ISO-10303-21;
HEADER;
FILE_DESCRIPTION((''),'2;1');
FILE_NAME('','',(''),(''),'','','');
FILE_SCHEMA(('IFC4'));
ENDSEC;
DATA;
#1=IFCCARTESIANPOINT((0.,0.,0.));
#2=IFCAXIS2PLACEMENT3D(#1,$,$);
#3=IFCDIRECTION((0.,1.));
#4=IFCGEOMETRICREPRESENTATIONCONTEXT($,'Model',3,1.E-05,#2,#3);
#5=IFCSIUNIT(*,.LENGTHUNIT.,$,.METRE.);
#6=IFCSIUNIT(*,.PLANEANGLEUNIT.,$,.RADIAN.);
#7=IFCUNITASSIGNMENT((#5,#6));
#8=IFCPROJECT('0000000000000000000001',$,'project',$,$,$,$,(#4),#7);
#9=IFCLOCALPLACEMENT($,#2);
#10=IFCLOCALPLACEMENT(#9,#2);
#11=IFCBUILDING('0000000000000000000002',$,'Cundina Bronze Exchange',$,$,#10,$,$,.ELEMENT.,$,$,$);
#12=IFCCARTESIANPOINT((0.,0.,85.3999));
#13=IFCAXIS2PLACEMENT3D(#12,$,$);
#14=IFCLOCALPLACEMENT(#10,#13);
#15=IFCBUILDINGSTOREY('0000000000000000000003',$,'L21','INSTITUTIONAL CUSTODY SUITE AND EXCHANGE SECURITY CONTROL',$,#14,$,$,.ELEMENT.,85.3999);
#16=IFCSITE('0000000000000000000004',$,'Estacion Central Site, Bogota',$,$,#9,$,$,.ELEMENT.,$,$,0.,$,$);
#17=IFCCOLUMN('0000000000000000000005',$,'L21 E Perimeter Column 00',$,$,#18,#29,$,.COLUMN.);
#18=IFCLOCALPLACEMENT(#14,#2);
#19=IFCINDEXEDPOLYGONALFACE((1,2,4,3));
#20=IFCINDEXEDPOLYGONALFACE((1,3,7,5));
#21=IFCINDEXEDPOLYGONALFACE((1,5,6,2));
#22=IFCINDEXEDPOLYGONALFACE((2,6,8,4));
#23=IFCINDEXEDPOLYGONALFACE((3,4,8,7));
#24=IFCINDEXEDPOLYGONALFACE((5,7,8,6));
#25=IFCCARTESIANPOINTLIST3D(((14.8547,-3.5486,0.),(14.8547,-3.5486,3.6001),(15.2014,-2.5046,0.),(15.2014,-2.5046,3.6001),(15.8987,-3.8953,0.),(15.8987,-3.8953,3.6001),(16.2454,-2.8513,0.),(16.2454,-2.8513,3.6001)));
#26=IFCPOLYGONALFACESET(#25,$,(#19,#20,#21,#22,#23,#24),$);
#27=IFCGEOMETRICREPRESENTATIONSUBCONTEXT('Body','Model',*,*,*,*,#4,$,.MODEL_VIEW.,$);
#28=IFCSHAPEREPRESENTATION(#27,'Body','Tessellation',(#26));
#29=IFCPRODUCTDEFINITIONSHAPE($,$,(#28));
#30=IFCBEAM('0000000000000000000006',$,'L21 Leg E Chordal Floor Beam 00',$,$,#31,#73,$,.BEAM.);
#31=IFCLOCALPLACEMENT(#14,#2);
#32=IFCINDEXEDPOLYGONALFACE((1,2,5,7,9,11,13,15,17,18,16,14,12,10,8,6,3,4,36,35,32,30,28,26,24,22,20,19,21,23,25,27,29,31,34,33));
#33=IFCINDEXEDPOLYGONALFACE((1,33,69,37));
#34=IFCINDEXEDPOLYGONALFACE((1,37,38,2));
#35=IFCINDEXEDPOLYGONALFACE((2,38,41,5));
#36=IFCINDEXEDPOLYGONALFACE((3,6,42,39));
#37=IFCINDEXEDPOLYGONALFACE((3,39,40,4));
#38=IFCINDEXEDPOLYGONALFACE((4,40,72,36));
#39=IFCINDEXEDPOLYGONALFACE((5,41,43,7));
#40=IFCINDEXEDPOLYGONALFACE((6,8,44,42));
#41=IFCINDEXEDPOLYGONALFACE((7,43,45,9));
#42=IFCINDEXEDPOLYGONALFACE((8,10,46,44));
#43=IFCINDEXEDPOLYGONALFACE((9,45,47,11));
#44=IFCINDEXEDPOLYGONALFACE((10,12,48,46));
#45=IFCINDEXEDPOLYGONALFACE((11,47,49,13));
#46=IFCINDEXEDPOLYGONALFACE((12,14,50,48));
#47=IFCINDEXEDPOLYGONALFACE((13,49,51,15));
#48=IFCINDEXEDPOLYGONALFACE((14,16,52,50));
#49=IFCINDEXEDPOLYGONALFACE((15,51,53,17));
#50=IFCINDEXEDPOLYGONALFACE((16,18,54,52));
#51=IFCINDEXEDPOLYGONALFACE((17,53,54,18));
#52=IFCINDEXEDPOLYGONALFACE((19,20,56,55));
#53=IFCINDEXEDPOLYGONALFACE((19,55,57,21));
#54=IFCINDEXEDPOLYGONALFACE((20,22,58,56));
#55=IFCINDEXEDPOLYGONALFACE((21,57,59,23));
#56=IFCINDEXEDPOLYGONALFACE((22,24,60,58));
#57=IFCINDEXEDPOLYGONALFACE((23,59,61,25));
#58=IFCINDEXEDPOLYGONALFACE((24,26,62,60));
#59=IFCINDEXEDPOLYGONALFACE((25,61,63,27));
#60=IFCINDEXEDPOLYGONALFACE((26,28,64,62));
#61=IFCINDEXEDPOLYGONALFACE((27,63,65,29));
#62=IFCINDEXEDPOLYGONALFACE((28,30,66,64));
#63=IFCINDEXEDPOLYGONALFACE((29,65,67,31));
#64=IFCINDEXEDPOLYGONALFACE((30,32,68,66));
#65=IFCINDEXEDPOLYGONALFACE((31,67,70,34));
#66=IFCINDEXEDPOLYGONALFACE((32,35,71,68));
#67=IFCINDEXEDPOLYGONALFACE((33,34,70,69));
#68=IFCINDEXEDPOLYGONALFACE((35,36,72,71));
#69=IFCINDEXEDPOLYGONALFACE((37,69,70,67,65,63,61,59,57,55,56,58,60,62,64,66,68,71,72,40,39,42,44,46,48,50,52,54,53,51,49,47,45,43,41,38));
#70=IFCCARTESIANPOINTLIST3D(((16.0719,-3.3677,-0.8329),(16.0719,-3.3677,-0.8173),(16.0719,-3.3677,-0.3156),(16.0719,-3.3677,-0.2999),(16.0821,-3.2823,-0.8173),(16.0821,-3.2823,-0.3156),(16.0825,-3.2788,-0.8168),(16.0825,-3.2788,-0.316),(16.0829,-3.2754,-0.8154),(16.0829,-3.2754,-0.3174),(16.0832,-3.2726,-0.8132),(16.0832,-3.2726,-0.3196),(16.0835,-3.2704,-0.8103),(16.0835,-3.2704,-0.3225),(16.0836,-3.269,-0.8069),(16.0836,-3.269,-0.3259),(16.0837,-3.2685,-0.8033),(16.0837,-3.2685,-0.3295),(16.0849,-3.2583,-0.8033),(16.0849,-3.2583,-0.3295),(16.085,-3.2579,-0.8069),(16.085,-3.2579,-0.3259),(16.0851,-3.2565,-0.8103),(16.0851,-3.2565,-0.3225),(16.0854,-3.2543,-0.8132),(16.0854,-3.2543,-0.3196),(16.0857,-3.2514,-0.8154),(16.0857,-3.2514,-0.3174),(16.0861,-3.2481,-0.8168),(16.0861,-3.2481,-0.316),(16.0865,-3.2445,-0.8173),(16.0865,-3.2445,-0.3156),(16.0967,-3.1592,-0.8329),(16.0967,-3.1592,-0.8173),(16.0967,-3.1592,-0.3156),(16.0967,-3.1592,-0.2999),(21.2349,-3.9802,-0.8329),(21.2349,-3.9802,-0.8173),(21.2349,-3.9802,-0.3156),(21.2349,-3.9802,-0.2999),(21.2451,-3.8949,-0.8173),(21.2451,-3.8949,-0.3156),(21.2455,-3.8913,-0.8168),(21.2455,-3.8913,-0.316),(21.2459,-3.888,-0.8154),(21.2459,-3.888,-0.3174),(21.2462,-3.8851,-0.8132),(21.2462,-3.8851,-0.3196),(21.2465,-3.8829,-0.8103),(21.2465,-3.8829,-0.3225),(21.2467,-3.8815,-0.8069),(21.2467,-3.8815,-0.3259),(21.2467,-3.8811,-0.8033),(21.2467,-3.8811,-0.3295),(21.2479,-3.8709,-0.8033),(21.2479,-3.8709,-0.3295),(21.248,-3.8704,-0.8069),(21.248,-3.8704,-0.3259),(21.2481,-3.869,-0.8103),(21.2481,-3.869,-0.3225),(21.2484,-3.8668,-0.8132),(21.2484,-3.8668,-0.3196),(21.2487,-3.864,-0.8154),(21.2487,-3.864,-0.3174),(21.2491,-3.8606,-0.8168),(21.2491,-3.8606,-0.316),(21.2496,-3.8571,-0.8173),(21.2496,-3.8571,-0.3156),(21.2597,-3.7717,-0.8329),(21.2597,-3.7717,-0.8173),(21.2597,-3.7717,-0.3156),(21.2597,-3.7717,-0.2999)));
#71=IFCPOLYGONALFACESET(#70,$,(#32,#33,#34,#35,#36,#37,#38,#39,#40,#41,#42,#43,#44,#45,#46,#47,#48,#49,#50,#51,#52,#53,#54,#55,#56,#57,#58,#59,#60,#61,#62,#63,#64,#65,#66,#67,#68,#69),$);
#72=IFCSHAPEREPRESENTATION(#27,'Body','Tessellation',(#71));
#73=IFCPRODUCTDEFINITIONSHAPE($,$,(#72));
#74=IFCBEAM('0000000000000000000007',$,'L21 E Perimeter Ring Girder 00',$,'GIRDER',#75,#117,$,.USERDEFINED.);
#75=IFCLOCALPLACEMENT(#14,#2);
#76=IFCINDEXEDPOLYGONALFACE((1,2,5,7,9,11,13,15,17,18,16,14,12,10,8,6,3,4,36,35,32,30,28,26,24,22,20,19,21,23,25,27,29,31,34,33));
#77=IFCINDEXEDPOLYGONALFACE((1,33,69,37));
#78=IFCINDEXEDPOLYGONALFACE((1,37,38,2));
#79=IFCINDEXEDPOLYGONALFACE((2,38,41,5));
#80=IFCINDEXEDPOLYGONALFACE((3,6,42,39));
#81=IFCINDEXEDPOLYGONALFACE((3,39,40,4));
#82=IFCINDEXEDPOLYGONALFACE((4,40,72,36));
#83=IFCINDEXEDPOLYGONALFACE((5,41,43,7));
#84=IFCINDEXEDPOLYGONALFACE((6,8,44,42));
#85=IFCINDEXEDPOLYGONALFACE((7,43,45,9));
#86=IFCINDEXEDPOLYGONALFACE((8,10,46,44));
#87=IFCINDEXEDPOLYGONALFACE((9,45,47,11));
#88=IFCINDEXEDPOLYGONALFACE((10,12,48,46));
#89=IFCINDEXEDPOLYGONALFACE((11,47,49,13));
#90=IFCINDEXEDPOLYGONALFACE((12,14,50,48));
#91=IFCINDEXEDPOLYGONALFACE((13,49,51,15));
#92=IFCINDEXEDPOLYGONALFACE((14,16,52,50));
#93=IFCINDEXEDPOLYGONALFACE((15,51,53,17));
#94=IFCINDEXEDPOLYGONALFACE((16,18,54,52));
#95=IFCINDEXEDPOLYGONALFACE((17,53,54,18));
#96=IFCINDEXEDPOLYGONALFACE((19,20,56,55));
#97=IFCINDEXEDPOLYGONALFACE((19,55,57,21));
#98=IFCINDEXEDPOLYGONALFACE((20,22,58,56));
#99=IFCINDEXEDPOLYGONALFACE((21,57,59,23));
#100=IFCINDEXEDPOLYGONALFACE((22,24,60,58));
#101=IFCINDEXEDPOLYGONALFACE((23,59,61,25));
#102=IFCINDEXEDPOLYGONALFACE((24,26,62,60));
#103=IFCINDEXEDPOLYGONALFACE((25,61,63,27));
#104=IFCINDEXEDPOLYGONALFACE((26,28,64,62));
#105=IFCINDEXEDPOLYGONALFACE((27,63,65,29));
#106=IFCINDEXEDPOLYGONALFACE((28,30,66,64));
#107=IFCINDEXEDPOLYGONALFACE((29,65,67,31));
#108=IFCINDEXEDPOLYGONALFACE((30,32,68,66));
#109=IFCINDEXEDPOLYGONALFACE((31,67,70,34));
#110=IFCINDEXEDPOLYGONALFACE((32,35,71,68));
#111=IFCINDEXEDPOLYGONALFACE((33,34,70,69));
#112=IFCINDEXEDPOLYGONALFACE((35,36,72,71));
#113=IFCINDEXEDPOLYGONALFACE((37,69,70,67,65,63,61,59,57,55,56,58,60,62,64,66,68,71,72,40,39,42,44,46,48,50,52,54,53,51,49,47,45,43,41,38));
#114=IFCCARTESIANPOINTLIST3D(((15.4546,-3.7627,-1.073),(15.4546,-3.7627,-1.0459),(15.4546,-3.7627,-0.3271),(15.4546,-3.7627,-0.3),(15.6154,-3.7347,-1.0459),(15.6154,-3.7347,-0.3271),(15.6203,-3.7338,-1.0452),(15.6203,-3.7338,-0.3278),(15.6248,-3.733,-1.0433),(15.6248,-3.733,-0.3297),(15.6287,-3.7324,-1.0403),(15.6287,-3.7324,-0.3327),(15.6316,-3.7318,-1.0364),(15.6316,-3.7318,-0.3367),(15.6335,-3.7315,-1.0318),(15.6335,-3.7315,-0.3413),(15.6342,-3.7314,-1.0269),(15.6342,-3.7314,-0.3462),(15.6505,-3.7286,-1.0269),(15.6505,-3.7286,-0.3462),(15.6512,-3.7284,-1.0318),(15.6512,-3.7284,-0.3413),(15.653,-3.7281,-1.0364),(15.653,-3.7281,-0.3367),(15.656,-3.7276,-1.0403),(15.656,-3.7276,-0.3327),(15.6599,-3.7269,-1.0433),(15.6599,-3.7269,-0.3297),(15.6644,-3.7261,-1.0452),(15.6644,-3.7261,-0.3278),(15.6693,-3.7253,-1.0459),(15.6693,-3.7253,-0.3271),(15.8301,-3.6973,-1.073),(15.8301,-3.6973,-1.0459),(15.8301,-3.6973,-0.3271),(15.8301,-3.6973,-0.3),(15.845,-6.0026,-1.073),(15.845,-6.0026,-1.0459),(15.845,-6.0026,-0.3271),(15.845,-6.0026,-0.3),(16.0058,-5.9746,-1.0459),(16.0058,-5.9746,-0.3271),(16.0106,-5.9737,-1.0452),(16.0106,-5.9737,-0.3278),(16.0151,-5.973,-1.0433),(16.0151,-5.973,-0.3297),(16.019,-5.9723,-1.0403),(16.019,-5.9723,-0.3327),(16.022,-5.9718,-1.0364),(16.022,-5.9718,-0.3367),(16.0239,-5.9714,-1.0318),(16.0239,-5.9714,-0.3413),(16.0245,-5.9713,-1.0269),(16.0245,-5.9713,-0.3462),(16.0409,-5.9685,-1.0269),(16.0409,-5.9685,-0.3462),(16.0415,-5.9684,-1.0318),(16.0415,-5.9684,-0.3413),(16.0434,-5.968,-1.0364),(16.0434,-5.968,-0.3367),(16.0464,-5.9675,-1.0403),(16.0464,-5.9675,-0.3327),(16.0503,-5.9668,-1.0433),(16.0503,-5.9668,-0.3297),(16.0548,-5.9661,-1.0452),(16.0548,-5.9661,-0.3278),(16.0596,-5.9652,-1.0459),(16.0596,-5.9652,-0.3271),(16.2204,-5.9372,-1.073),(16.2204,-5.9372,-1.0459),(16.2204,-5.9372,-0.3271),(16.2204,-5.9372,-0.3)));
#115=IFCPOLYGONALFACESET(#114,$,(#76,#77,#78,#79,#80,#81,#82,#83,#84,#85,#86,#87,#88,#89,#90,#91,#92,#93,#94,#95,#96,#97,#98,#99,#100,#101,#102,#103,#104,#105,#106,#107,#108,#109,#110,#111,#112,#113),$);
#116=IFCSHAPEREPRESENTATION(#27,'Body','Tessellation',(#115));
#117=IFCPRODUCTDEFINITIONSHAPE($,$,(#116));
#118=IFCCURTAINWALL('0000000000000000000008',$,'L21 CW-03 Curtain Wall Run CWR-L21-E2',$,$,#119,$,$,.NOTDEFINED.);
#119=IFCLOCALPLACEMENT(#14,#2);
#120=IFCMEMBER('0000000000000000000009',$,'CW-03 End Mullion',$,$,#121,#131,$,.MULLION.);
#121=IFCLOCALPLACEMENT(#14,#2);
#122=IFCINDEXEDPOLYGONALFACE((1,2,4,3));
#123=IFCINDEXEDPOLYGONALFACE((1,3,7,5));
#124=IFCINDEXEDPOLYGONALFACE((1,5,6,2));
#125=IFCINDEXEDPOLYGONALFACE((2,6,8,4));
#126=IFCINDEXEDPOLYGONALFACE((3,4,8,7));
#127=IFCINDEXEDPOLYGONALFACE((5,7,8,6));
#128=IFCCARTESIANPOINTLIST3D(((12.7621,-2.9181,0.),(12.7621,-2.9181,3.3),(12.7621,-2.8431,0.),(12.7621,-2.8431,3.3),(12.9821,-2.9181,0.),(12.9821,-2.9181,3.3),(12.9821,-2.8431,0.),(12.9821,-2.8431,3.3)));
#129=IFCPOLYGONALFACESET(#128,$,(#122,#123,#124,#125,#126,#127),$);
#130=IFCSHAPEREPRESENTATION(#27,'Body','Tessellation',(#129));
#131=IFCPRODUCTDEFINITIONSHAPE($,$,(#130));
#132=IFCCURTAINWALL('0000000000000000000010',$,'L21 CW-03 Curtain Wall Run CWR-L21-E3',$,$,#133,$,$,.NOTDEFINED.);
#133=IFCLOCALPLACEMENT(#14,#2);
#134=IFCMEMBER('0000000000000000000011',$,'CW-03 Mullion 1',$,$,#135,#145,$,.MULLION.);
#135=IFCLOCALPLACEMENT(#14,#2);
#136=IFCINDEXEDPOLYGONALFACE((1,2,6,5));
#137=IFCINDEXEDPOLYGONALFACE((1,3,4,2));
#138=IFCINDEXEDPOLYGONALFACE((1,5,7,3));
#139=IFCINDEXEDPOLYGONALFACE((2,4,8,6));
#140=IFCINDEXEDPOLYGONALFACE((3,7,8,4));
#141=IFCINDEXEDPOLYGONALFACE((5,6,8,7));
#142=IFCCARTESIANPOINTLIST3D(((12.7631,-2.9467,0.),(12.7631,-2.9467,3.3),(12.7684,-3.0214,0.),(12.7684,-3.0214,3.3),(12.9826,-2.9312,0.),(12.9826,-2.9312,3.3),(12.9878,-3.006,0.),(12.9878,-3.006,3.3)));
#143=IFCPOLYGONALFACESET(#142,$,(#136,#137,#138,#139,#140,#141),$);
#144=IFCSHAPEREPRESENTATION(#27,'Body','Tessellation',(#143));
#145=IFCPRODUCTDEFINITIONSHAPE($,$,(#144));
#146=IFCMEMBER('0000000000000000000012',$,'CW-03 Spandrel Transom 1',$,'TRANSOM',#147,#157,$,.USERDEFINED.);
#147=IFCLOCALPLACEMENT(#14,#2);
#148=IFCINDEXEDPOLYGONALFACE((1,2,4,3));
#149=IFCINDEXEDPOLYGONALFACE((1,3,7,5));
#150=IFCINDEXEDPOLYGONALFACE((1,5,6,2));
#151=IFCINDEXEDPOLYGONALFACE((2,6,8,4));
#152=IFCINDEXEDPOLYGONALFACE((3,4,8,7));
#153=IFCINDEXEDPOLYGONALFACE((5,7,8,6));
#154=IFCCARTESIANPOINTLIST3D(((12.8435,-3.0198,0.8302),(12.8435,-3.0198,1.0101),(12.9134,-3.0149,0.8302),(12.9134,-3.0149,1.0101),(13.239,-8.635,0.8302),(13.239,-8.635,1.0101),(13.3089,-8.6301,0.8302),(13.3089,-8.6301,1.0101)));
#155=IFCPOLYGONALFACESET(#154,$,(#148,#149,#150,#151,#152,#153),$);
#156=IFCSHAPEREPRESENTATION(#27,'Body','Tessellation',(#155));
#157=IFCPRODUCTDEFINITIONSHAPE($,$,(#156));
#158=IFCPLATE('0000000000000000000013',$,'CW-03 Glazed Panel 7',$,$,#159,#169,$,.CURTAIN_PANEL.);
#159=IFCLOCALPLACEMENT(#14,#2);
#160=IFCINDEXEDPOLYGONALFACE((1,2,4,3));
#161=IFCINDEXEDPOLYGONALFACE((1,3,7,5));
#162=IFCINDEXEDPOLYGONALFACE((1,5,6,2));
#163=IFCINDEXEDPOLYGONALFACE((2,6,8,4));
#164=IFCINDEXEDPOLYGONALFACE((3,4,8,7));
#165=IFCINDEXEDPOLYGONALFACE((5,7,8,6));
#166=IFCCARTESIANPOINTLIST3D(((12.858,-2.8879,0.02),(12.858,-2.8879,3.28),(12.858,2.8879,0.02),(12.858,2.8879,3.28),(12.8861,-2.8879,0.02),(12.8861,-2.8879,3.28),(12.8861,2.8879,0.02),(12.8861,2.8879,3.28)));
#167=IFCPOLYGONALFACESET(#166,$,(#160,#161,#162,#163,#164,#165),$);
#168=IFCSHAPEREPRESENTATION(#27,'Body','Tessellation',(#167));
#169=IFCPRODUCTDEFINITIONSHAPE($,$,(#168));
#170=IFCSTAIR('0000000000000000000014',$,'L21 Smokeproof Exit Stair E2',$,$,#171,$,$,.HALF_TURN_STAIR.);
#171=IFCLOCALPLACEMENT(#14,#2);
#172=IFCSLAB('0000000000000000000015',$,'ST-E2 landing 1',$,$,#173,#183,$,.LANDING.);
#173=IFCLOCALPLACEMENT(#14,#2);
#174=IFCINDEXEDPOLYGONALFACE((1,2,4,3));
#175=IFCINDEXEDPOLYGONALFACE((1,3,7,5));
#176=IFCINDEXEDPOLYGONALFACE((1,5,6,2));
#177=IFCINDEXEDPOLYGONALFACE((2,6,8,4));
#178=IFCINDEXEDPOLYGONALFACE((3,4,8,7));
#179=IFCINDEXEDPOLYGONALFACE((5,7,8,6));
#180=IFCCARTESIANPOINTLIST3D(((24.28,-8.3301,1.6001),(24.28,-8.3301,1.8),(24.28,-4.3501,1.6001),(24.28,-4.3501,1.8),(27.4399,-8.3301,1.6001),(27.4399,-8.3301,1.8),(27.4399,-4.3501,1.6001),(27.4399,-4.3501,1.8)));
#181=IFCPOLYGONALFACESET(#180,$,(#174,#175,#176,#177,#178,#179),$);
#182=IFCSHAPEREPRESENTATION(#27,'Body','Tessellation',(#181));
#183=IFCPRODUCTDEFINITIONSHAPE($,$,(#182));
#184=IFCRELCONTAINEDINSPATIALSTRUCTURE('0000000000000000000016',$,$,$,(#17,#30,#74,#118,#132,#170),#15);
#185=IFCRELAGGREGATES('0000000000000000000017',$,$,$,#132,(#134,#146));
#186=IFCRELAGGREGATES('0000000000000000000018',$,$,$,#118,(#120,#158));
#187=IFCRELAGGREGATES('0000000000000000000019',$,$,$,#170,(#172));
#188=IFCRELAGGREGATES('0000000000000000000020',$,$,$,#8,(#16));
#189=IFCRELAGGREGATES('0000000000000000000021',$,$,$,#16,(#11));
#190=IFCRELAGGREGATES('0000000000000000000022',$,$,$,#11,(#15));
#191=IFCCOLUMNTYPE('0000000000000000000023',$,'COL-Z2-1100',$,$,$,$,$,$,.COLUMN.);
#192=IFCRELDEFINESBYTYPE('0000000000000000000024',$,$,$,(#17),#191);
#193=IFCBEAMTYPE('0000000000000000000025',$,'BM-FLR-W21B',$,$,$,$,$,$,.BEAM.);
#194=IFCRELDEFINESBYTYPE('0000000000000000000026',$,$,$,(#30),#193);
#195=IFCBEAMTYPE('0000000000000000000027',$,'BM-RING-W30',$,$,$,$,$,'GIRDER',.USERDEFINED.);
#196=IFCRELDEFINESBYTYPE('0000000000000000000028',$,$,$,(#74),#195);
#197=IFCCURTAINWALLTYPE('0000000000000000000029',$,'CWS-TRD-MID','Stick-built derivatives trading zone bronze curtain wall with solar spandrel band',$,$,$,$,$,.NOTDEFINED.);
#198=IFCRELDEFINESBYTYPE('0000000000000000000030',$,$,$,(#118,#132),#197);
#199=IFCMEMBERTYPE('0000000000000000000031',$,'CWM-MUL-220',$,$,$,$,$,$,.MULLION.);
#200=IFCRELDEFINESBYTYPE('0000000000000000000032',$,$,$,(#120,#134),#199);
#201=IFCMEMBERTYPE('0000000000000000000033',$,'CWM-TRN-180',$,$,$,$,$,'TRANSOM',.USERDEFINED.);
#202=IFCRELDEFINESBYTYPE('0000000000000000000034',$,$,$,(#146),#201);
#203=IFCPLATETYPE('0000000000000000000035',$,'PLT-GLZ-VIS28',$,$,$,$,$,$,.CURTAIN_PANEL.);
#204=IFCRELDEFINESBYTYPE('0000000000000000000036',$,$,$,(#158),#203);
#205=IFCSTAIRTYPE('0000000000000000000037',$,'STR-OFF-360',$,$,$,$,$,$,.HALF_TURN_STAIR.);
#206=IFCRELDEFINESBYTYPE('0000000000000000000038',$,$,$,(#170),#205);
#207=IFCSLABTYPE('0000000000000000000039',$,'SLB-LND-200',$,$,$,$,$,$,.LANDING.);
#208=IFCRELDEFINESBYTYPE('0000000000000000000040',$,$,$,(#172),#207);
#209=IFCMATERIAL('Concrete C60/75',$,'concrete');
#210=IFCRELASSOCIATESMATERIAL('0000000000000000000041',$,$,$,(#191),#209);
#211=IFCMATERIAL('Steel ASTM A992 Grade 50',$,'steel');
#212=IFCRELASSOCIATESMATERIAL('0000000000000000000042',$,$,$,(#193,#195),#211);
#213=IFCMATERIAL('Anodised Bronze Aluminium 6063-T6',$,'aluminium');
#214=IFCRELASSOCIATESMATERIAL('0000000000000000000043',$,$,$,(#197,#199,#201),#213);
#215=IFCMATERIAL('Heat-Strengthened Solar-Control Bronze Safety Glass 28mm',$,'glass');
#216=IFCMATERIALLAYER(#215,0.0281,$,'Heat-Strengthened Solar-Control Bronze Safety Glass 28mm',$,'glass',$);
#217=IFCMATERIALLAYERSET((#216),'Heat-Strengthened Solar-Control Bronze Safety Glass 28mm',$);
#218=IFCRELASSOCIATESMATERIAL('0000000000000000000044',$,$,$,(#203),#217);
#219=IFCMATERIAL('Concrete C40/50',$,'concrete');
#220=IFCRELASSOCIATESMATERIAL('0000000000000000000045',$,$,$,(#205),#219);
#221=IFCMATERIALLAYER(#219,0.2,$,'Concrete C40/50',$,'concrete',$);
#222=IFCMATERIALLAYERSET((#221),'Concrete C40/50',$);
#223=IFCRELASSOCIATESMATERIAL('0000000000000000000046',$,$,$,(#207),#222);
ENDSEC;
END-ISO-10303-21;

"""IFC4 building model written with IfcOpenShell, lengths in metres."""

from ifc_helpers import new_model, si_unit, direction, frame, origin, origin_2d, place, context, subcontext, project, spatial, polyline, rectangle, i_section, outline, extrude, material, layer, layer_set, material_profile, profile_set, type_object, element, aggregate, save


model = new_model("IFC4")

# Units and contexts
model_context = context("Model", 3, precision=1e-05, world=origin(), true_north=direction((0.0, 1.0)))
body_context = subcontext(model_context, "Body", "Model", "MODEL_VIEW")
ifc_project = project(units=[si_unit("LENGTHUNIT", "METRE"), si_unit("PLANEANGLEUNIT", "RADIAN")], contexts=[model_context])

# Site, building, storey
site_placement = place(None, origin())
site = spatial("IfcSite", under=ifc_project, at=site_placement, Name="Estacion Central Site, Bogota", CompositionType="ELEMENT", RefElevation=0.0)
building_placement = place(site_placement, origin())
building = spatial("IfcBuilding", under=site, at=building_placement, Name="Cundina Bronze Exchange", CompositionType="ELEMENT")
storey_placement = place(building_placement, frame((0.0, 0.0, 85.3999)))
storey = spatial("IfcBuildingStorey", under=building, at=storey_placement, Name="L21", Description="INSTITUTIONAL CUSTODY SUITE AND EXCHANGE SECURITY CONTROL", CompositionType="ELEMENT", Elevation=85.3999)

# Column
ifc_material_1 = material(Name="Concrete C60/75", Category="concrete")
ifc_material_profile_1 = material_profile(ifc_material_1, rectangle(XDim=1.1001, YDim=1.1001, at=origin_2d()), Name="RC1100X1100", Category="concrete")
ifc_profile_set_1 = profile_set([ifc_material_profile_1], Name="Concrete C60/75")
column_type = type_object("IfcColumnType", Name="COL-Z2-1100", PredefinedType="COLUMN", material=ifc_profile_set_1)
column_placement = place(storey_placement, frame((15.55, -3.2, 0.0), z_axis=(0.0, 0.0, 1.0), x_axis=(-0.315152, -0.949041, 0.0)))
element("IfcColumn", 1, at=column_placement, inside=storey, type_object=column_type, Name="L21 E Perimeter Column 00", PredefinedType="COLUMN", context=body_context, shape_type="SweptSolid", body=[
    extrude(rectangle(XDim=1.1001, YDim=1.1001, at=origin_2d()), origin(), (0.0, 0.0, 1.0), 3.6001),
])

# Beams
ifc_material_2 = material(Name="Steel ASTM A992 Grade 50", Category="steel")
ifc_material_profile_2 = material_profile(ifc_material_2, i_section(OverallWidth=0.21, OverallDepth=0.533, WebThickness=0.0103, FlangeThickness=0.0156, FilletRadius=0.0139, at=origin_2d()), Name="W21X62", Category="steel")
ifc_profile_set_2 = profile_set([ifc_material_profile_2], Name="Steel ASTM A992 Grade 50")
beam_type_1 = type_object("IfcBeamType", Name="BM-FLR-W21B", PredefinedType="BEAM", material=ifc_profile_set_2)
beam_1_placement = place(storey_placement, frame((21.2473, -3.876, -0.5664), z_axis=(-0.993036, 0.117814, 0.0), x_axis=(-0.117814, -0.993036, 0.0)))
element("IfcBeam", 2, at=beam_1_placement, inside=storey, type_object=beam_type_1, Name="L21 Leg E Chordal Floor Beam 00", PredefinedType="BEAM", context=body_context, shape_type="SweptSolid", body=[
    extrude(i_section(OverallWidth=0.21, OverallDepth=0.533, WebThickness=0.0103, FlangeThickness=0.0156, FilletRadius=0.0139, at=origin_2d()), origin(), (0.0, 0.0, 1.0), 5.1992),
])
ifc_material_profile_3 = material_profile(ifc_material_2, i_section(OverallWidth=0.3811, OverallDepth=0.7729, WebThickness=0.0166, FlangeThickness=0.0271, FilletRadius=0.019, at=origin_2d()), Name="W30X173", Category="steel")
ifc_profile_set_3 = profile_set([ifc_material_profile_3], Name="Steel ASTM A992 Grade 50")
beam_type_2 = type_object("IfcBeamType", Name="BM-RING-W30", ElementType="GIRDER", PredefinedType="USERDEFINED", material=ifc_profile_set_3)
beam_2_placement = place(storey_placement, frame((15.6423, -3.73, -0.6865), z_axis=(0.17169, -0.985151, 0.0), x_axis=(0.985151, 0.17169, 0.0)))
element("IfcBeam", 3, at=beam_2_placement, inside=storey, type_object=beam_type_2, Name="L21 E Perimeter Ring Girder 00", ObjectType="GIRDER", PredefinedType="USERDEFINED", context=body_context, shape_type="SweptSolid", body=[
    extrude(i_section(OverallWidth=0.3811, OverallDepth=0.7729, WebThickness=0.0166, FlangeThickness=0.0271, FilletRadius=0.019, at=origin_2d()), origin(), (0.0, 0.0, 1.0), 2.2737),
])

# Curtain wall, member
ifc_material_3 = material(Name="Anodised Bronze Aluminium 6063-T6", Category="aluminium")
curtain_wall_type = type_object("IfcCurtainWallType", Name="CWS-TRD-MID", Description="Stick-built derivatives trading zone bronze curtain wall with solar spandrel band", PredefinedType="NOTDEFINED", material=ifc_material_3)
curtain_wall_1_placement = place(storey_placement, origin())
curtain_wall_1 = element("IfcCurtainWall", 4, at=curtain_wall_1_placement, inside=storey, type_object=curtain_wall_type, Name="L21 CW-03 Curtain Wall Run CWR-L21-E2", PredefinedType="NOTDEFINED")
ifc_material_profile_4 = material_profile(ifc_material_3, rectangle(XDim=0.075, YDim=0.22, at=origin_2d()), Name="AL75X220", Category="aluminium")
ifc_profile_set_4 = profile_set([ifc_material_profile_4], Name="Anodised Bronze Aluminium 6063-T6")
member_type_1 = type_object("IfcMemberType", Name="CWM-MUL-220", PredefinedType="MULLION", material=ifc_profile_set_4)
member_1_placement = place(storey_placement, frame((12.8721, -2.8806, 0.0), z_axis=(0.0, 0.0, 1.0), x_axis=(0.0, -1.0, 0.0)))
member_1 = element("IfcMember", 5, at=member_1_placement, type_object=member_type_1, Name="CW-03 End Mullion", PredefinedType="MULLION", context=body_context, shape_type="SweptSolid", body=[
    extrude(rectangle(XDim=0.075, YDim=0.22, at=origin_2d()), origin(), (0.0, 0.0, 1.0), 3.3),
])

# Curtain wall, members
curtain_wall_2_placement = place(storey_placement, origin())
curtain_wall_2 = element("IfcCurtainWall", 6, at=curtain_wall_2_placement, inside=storey, type_object=curtain_wall_type, Name="L21 CW-03 Curtain Wall Run CWR-L21-E3", PredefinedType="NOTDEFINED")
member_2_placement = place(storey_placement, frame((12.8755, -2.9763, 0.0), z_axis=(0.0, 0.0, 1.0), x_axis=(0.070279, -0.997527, 0.0)))
member_2 = element("IfcMember", 7, at=member_2_placement, type_object=member_type_1, Name="CW-03 Mullion 1", PredefinedType="MULLION", context=body_context, shape_type="SweptSolid", body=[
    extrude(rectangle(XDim=0.075, YDim=0.22, at=origin_2d()), origin(), (0.0, 0.0, 1.0), 3.3),
])
ifc_material_profile_5 = material_profile(ifc_material_3, rectangle(XDim=0.0701, YDim=0.1799, at=origin_2d()), Name="AL70X180", Category="aluminium")
ifc_profile_set_5 = profile_set([ifc_material_profile_5], Name="Anodised Bronze Aluminium 6063-T6")
member_type_2 = type_object("IfcMemberType", Name="CWM-TRN-180", ElementType="TRANSOM", PredefinedType="USERDEFINED", material=ifc_profile_set_5)
member_3_placement = place(storey_placement, frame((12.8784, -3.0173, 0.9202), z_axis=(0.070261, -0.997529, 0.0), x_axis=(0.997529, 0.070261, 0.0)))
member_3 = element("IfcMember", 8, at=member_3_placement, type_object=member_type_2, Name="CW-03 Spandrel Transom 1", ObjectType="TRANSOM", PredefinedType="USERDEFINED", context=body_context, shape_type="SweptSolid", body=[
    extrude(rectangle(XDim=0.0701, YDim=0.1799, at=origin_2d()), origin(), (0.0, 0.0, 1.0), 5.6292),
])
aggregate(curtain_wall_2, [member_2, member_3])

# Plate
ifc_material_4 = material(Name="Heat-Strengthened Solar-Control Bronze Safety Glass 28mm", Category="glass")
ifc_layer_1 = layer(ifc_material_4, 0.0281, Name="Heat-Strengthened Solar-Control Bronze Safety Glass 28mm", Category="glass")
ifc_layer_set_1 = layer_set([ifc_layer_1], Name="Heat-Strengthened Solar-Control Bronze Safety Glass 28mm")
plate_type = type_object("IfcPlateType", Name="PLT-GLZ-VIS28", PredefinedType="CURTAIN_PANEL", material=ifc_layer_set_1)
plate_placement = place(storey_placement, frame((12.8721, 0.0, 0.02), z_axis=(0.0, 0.0, 1.0), x_axis=(0.0, -1.0, 0.0)))
plate = element("IfcPlate", 9, at=plate_placement, type_object=plate_type, Name="CW-03 Glazed Panel 7", PredefinedType="CURTAIN_PANEL", context=body_context, shape_type="SweptSolid", body=[
    extrude(rectangle(XDim=5.7759, YDim=0.0281, at=origin_2d()), origin(), (0.0, 0.0, 1.0), 3.26),
])
aggregate(curtain_wall_1, [member_1, plate])

# Stair, slab
ifc_material_5 = material(Name="Concrete C40/50", Category="concrete")
stair_type = type_object("IfcStairType", Name="STR-OFF-360", PredefinedType="HALF_TURN_STAIR", material=ifc_material_5)
stair_placement = place(storey_placement, origin())
stair = element("IfcStair", 10, at=stair_placement, inside=storey, type_object=stair_type, Name="L21 Smokeproof Exit Stair E2", PredefinedType="HALF_TURN_STAIR")
ifc_layer_2 = layer(ifc_material_5, 0.2, Name="Concrete C40/50", Category="concrete")
ifc_layer_set_2 = layer_set([ifc_layer_2], Name="Concrete C40/50")
slab_type = type_object("IfcSlabType", Name="SLB-LND-200", PredefinedType="LANDING", material=ifc_layer_set_2)
slab_placement = place(storey_placement, frame((0.0, 0.0, 1.6001)))
slab = element("IfcSlab", 11, at=slab_placement, type_object=slab_type, Name="ST-E2 landing 1", PredefinedType="LANDING", context=body_context, shape_type="SweptSolid", body=[
    extrude(outline(polyline([(27.4399, -8.3301), (27.4399, -4.3501), (24.28, -4.3501), (24.28, -8.3301), (27.4399, -8.3301)])), origin(), (0.0, 0.0, 1.0), 0.2),
])
aggregate(stair, [slab])

save(model, "model.ifc")
